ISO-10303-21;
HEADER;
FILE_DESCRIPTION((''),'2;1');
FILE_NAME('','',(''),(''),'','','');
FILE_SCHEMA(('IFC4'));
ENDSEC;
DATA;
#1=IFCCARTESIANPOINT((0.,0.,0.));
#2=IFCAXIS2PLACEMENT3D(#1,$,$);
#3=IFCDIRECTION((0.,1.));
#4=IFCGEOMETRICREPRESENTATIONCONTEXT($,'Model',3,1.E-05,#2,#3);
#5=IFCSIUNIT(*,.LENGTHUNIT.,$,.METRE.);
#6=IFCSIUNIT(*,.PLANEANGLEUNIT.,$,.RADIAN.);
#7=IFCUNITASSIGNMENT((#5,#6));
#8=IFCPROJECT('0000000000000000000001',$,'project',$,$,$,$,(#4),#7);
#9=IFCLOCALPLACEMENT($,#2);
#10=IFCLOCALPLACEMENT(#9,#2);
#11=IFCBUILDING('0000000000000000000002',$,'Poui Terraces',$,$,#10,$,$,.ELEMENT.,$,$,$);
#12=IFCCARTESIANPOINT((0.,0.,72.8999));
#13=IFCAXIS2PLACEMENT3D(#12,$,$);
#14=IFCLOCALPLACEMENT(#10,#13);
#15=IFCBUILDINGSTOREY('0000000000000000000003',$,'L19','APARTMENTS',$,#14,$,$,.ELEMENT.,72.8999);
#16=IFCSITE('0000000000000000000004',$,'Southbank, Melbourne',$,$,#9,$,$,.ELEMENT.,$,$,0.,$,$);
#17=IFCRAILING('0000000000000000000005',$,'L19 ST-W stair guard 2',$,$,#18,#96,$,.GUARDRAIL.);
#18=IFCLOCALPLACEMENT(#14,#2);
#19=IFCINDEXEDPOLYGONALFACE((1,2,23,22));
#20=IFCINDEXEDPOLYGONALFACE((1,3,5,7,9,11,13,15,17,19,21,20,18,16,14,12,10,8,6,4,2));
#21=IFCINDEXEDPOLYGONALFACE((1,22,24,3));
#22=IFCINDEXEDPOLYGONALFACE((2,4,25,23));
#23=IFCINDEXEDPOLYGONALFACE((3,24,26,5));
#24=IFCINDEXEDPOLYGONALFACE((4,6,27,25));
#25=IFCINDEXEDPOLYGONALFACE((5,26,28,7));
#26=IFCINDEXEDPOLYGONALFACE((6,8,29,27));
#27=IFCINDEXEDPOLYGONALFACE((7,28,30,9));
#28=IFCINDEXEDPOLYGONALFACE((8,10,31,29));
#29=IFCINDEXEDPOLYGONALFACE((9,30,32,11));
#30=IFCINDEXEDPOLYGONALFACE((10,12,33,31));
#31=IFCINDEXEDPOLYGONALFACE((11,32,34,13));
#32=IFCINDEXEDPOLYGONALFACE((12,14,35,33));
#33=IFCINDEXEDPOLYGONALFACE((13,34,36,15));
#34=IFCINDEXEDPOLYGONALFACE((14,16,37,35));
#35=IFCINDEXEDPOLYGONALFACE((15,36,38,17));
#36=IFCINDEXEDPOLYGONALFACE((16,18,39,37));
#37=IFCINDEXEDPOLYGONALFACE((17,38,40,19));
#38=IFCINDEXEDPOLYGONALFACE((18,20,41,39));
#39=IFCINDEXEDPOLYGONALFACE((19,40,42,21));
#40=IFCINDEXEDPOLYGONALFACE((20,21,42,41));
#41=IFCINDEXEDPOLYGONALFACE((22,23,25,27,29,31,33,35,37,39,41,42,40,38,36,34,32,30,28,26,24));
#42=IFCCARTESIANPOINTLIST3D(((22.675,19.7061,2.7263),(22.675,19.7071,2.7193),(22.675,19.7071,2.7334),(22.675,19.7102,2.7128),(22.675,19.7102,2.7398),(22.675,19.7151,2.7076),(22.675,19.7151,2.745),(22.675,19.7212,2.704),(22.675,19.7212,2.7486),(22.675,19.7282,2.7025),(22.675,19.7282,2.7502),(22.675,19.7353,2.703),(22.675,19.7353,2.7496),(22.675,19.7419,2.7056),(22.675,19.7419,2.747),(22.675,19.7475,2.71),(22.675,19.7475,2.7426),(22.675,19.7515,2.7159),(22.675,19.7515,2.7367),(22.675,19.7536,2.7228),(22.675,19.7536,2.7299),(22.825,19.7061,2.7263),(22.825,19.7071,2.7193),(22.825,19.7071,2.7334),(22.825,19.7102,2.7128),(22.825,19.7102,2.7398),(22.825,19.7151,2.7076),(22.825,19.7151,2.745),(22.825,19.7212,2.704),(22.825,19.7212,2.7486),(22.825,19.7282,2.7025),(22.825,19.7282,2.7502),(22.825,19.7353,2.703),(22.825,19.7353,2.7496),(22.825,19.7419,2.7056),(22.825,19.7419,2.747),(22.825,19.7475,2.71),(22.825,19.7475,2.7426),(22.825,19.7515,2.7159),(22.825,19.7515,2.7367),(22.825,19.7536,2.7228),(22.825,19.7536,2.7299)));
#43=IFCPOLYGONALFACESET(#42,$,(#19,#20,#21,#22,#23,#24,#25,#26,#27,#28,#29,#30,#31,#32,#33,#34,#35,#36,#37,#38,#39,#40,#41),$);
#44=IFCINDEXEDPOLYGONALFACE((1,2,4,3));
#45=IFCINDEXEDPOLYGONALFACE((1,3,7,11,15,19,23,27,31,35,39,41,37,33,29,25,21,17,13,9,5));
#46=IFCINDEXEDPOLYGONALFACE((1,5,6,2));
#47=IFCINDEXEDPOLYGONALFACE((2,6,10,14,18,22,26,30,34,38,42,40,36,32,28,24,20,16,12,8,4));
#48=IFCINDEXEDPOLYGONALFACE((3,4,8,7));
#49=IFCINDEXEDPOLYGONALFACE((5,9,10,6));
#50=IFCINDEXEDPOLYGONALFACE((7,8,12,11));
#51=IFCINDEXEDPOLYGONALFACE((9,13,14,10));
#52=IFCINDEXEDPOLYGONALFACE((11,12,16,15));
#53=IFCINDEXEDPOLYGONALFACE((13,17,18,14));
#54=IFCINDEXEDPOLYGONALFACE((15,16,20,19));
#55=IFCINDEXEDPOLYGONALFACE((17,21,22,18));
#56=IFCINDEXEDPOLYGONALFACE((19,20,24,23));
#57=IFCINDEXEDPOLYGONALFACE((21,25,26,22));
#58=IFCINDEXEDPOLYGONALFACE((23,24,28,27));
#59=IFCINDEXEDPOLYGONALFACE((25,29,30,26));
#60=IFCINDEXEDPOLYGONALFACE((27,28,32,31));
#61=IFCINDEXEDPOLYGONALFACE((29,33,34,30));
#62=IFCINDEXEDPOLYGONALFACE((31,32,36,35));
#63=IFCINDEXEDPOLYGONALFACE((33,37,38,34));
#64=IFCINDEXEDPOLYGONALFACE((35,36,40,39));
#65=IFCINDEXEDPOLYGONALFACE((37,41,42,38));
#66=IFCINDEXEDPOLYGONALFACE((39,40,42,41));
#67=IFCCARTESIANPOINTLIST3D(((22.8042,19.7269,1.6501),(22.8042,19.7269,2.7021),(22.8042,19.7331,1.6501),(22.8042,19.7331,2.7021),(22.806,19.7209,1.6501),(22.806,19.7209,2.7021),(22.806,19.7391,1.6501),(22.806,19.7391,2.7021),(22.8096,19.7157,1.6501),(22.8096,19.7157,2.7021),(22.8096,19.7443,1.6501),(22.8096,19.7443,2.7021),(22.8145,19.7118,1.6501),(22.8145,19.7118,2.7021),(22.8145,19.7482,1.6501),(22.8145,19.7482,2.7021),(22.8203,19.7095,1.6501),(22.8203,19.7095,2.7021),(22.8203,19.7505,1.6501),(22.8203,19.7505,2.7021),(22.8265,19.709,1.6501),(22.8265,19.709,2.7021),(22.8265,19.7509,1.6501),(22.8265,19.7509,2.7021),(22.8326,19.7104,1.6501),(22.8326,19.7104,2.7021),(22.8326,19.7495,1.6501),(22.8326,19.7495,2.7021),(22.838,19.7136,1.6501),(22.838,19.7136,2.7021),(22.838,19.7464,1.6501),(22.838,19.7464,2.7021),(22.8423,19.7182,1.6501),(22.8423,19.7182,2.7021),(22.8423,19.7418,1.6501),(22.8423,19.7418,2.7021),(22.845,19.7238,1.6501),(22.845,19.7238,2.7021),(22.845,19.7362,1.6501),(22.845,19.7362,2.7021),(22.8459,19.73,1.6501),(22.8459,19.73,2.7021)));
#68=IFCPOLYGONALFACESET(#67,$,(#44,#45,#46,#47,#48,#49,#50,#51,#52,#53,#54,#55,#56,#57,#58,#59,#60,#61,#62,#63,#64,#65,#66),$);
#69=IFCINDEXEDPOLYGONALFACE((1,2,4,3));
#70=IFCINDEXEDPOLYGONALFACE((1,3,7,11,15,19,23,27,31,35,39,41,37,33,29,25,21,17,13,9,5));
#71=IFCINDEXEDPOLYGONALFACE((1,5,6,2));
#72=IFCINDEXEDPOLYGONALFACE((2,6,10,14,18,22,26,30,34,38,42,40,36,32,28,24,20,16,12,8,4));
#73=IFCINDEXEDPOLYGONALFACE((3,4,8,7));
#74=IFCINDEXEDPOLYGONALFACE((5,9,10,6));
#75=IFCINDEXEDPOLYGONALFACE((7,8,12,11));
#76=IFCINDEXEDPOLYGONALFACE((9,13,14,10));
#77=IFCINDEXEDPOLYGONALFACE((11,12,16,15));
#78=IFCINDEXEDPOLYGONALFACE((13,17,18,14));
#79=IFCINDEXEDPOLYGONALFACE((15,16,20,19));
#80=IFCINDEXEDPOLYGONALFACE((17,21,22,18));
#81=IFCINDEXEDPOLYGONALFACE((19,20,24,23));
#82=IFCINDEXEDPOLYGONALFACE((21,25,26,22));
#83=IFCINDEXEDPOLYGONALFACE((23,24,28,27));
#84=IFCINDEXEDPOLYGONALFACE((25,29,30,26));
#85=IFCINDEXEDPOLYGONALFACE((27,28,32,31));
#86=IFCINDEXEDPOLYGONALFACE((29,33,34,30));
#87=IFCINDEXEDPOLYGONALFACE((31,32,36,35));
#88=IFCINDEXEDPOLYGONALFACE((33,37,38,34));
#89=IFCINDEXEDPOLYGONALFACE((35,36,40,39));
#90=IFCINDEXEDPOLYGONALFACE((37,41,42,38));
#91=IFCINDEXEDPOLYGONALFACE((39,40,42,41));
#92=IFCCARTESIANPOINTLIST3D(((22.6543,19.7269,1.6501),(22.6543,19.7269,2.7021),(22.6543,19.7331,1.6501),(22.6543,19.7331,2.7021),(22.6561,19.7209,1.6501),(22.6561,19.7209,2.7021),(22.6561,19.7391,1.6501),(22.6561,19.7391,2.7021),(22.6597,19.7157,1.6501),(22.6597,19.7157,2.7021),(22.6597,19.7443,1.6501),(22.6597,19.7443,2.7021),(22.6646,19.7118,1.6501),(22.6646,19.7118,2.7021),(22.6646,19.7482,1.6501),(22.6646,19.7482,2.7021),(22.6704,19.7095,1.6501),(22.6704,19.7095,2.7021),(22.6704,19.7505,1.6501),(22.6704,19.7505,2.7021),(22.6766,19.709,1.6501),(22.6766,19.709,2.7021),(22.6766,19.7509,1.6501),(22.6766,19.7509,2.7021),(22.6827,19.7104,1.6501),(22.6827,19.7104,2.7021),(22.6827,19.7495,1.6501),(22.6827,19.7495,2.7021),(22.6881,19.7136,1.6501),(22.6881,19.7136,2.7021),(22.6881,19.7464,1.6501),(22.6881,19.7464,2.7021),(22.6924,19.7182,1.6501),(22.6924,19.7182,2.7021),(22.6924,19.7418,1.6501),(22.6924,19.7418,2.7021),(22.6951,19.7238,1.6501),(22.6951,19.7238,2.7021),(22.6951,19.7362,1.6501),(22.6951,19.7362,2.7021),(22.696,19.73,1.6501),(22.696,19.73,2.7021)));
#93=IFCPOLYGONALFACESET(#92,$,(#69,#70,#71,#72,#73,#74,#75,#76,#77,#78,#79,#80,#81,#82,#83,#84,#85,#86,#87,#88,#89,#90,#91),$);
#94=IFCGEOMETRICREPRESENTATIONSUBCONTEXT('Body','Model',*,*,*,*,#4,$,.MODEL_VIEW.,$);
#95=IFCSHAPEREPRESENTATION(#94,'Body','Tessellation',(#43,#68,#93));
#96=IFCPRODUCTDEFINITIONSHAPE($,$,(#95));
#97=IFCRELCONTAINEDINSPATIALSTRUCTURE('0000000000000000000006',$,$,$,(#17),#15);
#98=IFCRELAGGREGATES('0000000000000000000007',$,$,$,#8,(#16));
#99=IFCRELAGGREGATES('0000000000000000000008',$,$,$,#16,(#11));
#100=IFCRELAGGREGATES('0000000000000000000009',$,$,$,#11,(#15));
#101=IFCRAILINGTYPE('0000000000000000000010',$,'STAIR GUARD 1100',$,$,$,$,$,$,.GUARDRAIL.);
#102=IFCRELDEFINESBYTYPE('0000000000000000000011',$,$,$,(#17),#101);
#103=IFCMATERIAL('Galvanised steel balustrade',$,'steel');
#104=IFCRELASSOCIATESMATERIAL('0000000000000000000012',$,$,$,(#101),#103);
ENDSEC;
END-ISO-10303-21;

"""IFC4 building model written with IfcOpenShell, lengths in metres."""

from ifc_helpers import new_model, si_unit, direction, frame, origin, origin_2d, place, context, subcontext, project, spatial, circle, extrude, material, type_object, element, save


model = new_model("IFC4")

# Units and contexts
model_context = context("Model", 3, precision=1e-05, world=origin(), true_north=direction((0.0, 1.0)))
body_context = subcontext(model_context, "Body", "Model", "MODEL_VIEW")
ifc_project = project(units=[si_unit("LENGTHUNIT", "METRE"), si_unit("PLANEANGLEUNIT", "RADIAN")], contexts=[model_context])

# Site, building, storey
site_placement = place(None, origin())
site = spatial("IfcSite", under=ifc_project, at=site_placement, Name="Southbank, Melbourne", CompositionType="ELEMENT", RefElevation=0.0)
building_placement = place(site_placement, origin())
building = spatial("IfcBuilding", under=site, at=building_placement, Name="Poui Terraces", CompositionType="ELEMENT")
storey_placement = place(building_placement, frame((0.0, 0.0, 72.8999)))
storey = spatial("IfcBuildingStorey", under=building, at=storey_placement, Name="L19", Description="APARTMENTS", CompositionType="ELEMENT", Elevation=72.8999)

# Railing
ifc_material_1 = material(Name="Galvanised steel balustrade", Category="steel")
railing_type_1 = type_object("IfcRailingType", Name="STAIR GUARD 1100", PredefinedType="GUARDRAIL", material=ifc_material_1)
railing_1_placement = place(storey_placement, frame((22.825, 19.73, 1.6501)))
element("IfcRailing", 1, at=railing_1_placement, inside=storey, type_object=railing_type_1, Name="L19 ST-W stair guard 2", PredefinedType="GUARDRAIL", context=body_context, shape_type="SweptSolid", body=[
    extrude(circle(Radius=0.0239, at=origin_2d()), frame((0.0, 0.0, 1.0762), z_axis=(-1.0, 0.0, 0.0), x_axis=(0.0, -1.0, 0.0)), (0.0, 0.0, 1.0), 0.1499),
    extrude(circle(Radius=0.021, at=origin_2d()), origin(), (0.0, 0.0, 1.0), 1.052),
    extrude(circle(Radius=0.021, at=origin_2d()), frame((-0.1499, 0.0, 0.0)), (0.0, 0.0, 1.0), 1.052),
])

save(model, "model.ifc")
